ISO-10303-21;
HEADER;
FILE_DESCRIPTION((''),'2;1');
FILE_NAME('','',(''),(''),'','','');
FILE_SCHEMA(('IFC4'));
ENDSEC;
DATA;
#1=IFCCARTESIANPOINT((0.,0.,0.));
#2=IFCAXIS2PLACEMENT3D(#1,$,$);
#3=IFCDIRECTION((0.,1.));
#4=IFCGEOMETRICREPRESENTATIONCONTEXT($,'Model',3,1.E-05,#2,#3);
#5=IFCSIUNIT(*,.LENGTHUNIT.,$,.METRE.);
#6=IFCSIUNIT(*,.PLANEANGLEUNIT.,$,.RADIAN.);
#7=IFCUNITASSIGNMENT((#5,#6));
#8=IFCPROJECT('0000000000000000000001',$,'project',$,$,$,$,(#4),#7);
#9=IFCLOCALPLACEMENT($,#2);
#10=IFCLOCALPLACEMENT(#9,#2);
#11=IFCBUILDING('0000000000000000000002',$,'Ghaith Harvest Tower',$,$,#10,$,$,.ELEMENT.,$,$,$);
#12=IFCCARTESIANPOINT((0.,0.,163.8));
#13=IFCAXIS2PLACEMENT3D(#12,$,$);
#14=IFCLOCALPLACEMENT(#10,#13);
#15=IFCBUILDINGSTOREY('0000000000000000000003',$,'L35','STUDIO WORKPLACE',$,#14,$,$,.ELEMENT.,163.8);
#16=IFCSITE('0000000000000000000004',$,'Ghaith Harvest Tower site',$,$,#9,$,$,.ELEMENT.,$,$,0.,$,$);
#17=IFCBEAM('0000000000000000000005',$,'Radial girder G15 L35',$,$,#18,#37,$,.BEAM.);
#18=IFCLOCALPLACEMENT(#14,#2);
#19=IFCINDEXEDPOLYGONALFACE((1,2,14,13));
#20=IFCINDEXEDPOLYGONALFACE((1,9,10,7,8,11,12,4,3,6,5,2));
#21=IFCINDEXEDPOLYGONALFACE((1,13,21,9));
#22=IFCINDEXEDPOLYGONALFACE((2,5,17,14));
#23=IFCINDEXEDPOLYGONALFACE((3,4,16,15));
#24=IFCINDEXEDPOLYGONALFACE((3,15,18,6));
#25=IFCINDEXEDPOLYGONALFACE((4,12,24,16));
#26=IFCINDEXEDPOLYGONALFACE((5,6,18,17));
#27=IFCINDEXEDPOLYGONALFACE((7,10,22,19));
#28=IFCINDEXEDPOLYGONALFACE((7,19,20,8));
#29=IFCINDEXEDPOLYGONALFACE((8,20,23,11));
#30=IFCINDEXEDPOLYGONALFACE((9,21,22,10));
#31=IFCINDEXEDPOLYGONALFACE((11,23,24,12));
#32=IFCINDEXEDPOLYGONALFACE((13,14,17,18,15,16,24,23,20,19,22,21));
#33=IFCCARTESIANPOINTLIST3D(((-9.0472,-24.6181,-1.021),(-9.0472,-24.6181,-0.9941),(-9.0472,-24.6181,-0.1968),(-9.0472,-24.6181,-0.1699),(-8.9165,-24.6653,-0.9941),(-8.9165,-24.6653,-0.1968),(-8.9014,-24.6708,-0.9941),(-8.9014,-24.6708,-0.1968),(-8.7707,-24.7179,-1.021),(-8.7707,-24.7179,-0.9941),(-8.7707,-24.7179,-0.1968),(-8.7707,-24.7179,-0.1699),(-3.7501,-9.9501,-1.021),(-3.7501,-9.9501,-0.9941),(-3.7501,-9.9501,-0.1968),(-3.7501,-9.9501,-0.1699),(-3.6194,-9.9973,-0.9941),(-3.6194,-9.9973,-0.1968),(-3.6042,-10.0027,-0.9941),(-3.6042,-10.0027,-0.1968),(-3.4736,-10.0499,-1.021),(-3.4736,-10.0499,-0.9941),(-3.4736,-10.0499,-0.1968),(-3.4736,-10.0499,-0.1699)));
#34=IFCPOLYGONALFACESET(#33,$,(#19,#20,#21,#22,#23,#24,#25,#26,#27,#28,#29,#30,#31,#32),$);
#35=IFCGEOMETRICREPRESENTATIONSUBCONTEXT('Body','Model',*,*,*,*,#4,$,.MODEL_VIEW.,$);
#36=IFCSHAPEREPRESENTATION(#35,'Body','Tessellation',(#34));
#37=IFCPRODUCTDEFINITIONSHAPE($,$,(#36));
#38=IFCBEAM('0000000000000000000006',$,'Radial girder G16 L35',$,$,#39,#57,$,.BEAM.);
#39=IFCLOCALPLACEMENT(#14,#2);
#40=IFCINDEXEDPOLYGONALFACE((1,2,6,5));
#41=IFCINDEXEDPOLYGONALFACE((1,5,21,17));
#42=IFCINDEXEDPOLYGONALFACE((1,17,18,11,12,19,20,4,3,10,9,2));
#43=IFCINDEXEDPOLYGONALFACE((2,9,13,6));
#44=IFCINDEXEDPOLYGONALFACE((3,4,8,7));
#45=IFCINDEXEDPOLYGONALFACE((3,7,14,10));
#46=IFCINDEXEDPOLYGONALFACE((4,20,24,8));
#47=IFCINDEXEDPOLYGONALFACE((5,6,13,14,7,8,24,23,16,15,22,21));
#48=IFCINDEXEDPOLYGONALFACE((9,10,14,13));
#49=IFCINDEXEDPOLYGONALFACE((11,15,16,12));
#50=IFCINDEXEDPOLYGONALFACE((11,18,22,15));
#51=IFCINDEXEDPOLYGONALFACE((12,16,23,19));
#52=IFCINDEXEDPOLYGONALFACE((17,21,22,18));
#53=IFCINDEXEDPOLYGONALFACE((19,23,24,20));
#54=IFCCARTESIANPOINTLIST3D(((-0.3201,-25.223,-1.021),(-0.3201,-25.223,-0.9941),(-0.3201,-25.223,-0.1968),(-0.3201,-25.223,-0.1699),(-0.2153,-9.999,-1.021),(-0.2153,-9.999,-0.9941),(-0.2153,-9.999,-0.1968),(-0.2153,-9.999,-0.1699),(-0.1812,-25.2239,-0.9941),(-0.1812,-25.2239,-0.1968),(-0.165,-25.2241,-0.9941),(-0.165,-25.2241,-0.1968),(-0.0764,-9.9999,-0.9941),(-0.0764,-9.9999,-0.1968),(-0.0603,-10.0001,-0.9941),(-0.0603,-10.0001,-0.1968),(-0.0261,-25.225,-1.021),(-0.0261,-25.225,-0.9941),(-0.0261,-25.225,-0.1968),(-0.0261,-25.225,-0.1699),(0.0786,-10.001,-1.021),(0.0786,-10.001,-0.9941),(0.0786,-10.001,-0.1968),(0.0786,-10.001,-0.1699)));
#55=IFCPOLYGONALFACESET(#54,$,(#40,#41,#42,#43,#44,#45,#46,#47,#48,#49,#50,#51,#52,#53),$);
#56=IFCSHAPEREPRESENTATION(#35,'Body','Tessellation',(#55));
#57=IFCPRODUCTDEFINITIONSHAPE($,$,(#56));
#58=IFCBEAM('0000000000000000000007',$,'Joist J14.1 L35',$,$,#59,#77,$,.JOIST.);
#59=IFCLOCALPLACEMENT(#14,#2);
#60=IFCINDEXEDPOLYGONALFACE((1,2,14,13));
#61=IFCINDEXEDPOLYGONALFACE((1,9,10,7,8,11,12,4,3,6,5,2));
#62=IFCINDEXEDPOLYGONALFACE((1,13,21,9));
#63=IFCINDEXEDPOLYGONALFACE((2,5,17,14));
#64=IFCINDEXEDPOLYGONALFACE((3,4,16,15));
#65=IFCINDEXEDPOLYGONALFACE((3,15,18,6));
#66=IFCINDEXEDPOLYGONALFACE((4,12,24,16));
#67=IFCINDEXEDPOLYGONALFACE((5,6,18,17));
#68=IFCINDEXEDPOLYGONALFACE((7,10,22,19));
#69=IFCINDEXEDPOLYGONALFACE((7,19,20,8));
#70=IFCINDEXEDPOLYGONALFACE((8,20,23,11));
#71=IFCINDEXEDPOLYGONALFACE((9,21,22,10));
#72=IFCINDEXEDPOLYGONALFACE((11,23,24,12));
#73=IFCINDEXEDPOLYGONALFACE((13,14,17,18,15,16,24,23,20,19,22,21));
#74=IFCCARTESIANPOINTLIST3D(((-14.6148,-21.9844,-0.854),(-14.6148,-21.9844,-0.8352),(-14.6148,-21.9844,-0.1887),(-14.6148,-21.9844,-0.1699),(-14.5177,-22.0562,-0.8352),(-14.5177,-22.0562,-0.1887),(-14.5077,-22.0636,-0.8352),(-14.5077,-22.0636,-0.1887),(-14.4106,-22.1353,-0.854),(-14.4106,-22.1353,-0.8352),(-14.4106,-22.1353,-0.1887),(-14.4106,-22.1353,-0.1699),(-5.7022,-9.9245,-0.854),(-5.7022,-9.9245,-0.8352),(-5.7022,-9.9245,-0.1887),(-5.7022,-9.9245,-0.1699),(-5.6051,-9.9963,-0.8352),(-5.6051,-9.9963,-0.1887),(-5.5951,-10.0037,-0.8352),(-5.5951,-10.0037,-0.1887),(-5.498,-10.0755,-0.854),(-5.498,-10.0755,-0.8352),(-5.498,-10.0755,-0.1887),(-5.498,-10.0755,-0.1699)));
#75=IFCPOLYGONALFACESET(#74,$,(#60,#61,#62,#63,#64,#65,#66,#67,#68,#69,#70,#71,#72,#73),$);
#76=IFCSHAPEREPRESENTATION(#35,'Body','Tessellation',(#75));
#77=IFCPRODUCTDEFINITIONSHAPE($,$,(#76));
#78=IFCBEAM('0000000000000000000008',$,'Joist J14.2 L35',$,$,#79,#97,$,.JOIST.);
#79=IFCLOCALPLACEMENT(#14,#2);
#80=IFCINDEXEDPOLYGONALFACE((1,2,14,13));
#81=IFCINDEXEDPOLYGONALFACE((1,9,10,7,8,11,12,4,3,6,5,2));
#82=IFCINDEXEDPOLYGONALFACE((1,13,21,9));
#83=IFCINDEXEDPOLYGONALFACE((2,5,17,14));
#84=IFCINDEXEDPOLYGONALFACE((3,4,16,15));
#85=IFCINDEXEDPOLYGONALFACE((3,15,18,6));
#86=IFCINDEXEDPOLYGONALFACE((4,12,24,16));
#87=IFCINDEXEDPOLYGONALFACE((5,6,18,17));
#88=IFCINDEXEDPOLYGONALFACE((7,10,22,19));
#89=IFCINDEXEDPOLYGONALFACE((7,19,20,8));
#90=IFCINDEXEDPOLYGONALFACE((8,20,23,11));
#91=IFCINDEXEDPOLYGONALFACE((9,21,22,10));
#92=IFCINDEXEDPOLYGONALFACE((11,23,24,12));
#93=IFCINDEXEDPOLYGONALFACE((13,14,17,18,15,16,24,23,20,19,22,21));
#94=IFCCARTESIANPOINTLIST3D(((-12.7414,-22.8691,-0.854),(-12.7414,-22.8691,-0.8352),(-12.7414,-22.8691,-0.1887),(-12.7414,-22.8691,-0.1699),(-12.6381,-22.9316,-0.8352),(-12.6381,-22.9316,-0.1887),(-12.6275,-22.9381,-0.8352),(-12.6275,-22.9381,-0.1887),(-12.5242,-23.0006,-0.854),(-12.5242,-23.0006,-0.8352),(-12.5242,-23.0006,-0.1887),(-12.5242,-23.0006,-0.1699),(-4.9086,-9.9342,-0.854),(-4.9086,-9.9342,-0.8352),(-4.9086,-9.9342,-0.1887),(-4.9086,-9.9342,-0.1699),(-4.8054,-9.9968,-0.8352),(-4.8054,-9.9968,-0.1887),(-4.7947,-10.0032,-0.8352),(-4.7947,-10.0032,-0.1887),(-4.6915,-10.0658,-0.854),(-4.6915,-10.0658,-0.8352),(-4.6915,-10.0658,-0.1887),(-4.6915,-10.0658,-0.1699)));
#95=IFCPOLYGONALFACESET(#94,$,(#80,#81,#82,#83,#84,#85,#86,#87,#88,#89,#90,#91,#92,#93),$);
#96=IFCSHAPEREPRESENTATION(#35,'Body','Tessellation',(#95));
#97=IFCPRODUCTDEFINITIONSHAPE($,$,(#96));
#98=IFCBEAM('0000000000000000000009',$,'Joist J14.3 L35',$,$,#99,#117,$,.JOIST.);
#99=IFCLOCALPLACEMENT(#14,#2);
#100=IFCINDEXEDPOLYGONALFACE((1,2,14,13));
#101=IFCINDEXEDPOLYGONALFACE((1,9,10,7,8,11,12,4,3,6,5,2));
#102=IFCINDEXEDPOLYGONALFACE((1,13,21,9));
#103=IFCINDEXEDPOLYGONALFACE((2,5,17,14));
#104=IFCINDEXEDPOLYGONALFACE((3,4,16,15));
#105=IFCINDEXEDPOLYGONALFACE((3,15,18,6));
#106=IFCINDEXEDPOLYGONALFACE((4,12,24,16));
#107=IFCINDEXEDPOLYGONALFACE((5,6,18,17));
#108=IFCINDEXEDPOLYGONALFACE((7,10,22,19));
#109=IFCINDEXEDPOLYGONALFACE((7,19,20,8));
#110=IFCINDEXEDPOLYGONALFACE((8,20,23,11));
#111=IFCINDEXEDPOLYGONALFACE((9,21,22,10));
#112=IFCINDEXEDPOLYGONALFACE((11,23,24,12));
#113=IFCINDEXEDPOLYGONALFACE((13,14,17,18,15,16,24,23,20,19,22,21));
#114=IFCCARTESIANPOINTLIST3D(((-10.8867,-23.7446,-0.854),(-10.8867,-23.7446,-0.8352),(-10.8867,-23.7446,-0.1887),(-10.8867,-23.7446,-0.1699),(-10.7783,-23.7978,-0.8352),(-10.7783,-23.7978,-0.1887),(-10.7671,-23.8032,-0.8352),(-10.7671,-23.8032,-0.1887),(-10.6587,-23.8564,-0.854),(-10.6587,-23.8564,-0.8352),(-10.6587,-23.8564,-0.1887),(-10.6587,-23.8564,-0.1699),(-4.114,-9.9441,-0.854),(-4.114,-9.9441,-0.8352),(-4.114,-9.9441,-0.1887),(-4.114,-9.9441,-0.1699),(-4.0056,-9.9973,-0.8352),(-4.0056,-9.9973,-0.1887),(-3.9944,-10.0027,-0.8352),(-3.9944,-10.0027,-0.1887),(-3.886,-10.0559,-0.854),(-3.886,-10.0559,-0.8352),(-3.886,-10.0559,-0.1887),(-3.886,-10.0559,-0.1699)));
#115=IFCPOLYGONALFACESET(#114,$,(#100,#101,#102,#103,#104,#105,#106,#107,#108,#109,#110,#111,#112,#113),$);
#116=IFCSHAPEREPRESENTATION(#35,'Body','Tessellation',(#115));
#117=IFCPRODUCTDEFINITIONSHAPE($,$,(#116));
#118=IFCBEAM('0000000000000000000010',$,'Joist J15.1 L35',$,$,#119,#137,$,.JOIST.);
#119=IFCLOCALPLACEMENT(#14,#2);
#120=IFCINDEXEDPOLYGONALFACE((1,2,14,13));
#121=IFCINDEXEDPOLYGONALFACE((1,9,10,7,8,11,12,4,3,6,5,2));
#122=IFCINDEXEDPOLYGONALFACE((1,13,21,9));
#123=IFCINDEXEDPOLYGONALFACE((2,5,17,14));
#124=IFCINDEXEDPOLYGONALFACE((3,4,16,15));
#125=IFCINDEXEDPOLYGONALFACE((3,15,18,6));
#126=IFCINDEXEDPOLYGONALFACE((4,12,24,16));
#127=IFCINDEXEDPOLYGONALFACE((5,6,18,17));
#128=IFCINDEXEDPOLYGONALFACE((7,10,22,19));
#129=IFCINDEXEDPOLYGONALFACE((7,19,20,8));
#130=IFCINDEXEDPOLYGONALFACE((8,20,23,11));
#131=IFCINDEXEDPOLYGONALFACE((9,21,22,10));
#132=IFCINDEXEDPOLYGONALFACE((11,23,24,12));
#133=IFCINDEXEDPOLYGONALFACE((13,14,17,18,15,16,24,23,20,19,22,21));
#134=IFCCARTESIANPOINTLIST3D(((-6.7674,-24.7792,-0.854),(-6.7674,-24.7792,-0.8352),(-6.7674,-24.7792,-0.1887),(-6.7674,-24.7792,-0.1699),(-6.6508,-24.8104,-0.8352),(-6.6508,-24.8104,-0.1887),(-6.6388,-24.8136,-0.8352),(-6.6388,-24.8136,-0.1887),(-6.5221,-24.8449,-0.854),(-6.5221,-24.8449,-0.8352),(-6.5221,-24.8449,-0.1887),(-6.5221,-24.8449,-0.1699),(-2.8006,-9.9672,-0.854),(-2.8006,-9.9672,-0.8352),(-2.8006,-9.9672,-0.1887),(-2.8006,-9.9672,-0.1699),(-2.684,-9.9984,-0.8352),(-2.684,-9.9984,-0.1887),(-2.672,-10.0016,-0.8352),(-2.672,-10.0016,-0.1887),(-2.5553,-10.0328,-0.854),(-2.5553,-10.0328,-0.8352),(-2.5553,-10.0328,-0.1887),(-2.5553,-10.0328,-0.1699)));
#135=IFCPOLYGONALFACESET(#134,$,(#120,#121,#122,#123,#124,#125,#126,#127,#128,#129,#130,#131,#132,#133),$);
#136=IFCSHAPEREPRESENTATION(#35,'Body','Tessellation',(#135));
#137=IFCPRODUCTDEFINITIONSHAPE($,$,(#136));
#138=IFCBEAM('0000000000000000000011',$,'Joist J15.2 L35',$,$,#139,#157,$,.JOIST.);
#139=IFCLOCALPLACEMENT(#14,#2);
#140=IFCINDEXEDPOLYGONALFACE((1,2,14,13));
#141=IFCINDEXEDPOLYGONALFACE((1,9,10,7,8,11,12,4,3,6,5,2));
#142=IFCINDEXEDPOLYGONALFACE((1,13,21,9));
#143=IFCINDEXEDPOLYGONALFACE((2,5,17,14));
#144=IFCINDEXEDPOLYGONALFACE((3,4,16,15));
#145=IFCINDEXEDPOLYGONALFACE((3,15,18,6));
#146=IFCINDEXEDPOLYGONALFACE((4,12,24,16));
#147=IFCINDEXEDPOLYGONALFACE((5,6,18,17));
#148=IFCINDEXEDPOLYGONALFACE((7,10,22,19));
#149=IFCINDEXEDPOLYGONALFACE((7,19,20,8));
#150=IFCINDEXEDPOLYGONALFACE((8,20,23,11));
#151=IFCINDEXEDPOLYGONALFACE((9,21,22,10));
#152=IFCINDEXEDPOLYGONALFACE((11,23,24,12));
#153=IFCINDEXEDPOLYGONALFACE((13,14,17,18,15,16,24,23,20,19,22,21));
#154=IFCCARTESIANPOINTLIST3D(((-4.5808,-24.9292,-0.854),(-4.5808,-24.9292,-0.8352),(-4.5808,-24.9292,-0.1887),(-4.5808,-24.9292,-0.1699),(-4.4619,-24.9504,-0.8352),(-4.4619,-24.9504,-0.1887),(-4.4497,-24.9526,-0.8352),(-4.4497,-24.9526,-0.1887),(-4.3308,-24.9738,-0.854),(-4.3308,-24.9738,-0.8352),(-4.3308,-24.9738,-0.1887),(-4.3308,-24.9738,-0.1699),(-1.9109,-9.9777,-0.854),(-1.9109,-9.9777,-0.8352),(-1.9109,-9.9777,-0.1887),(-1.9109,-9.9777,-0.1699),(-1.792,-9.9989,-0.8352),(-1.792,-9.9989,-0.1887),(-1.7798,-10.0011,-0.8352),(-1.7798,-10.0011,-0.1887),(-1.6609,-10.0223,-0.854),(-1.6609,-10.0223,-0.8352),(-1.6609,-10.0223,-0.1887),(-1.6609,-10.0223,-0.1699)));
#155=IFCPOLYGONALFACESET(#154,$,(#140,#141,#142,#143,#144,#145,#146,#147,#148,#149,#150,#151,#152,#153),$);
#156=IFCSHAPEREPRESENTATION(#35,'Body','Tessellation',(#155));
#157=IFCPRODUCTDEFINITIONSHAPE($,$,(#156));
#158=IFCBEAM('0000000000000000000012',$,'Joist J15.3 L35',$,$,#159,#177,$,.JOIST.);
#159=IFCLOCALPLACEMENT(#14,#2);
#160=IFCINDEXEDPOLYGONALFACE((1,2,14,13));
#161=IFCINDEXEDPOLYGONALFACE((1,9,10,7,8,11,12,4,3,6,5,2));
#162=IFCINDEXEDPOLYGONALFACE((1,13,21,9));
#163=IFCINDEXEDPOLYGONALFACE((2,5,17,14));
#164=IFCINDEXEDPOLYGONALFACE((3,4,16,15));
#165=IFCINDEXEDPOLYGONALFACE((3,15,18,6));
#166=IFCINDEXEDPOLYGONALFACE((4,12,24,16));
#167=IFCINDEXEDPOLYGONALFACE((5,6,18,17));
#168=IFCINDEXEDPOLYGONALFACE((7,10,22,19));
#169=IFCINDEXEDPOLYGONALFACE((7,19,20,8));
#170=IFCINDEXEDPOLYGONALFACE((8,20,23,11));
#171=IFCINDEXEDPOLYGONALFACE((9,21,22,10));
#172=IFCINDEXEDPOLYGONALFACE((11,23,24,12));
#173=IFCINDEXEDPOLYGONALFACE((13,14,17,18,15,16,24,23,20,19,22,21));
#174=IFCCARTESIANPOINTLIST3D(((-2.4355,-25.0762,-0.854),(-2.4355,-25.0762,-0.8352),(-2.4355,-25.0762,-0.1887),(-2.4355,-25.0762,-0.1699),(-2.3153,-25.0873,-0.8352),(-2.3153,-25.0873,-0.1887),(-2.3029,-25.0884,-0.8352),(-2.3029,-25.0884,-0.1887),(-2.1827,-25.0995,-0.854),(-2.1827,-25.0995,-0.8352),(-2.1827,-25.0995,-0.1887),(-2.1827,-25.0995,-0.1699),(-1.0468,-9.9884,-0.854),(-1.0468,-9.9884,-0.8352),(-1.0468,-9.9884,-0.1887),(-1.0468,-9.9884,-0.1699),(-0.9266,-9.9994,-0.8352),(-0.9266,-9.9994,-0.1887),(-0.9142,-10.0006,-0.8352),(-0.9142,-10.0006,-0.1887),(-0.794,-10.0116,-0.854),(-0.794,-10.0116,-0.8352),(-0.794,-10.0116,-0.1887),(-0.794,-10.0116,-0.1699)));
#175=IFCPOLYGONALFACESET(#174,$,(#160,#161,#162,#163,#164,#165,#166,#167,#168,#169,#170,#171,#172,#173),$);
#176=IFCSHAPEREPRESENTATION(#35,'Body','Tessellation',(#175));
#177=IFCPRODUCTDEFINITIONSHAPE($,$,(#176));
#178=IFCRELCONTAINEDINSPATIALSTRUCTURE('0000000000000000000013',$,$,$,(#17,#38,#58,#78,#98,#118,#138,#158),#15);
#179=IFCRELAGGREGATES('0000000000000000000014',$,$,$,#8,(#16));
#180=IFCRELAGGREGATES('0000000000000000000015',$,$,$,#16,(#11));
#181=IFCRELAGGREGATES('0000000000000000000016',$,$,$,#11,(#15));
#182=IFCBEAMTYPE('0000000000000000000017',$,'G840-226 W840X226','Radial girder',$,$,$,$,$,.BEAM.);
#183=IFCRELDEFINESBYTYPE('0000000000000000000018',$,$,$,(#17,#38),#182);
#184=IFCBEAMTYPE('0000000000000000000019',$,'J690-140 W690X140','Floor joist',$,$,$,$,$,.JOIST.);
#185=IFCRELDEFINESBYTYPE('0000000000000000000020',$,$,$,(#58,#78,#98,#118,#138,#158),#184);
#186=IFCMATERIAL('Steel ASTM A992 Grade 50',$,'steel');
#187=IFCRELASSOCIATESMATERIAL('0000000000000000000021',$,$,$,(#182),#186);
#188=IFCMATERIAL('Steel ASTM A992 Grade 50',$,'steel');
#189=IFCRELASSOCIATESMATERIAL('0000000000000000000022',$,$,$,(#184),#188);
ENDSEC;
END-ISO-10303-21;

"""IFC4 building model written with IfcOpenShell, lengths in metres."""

from ifc_helpers import new_model, si_unit, direction, frame, origin, origin_2d, place, context, subcontext, project, spatial, i_section, extrude, material, material_profile, profile_set, type_object, element, save


model = new_model("IFC4")

# Units and contexts
model_context = context("Model", 3, precision=1e-05, world=origin(), true_north=direction((0.0, 1.0)))
body_context = subcontext(model_context, "Body", "Model", "MODEL_VIEW")
ifc_project = project(units=[si_unit("LENGTHUNIT", "METRE"), si_unit("PLANEANGLEUNIT", "RADIAN")], contexts=[model_context])

# Site, building, storey
site_placement = place(None, origin())
site = spatial("IfcSite", under=ifc_project, at=site_placement, Name="Ghaith Harvest Tower site", CompositionType="ELEMENT", RefElevation=0.0)
building_placement = place(site_placement, origin())
building = spatial("IfcBuilding", under=site, at=building_placement, Name="Ghaith Harvest Tower", CompositionType="ELEMENT")
storey_placement = place(building_placement, frame((0.0, 0.0, 163.8)))
storey = spatial("IfcBuildingStorey", under=building, at=storey_placement, Name="L35", Description="STUDIO WORKPLACE", CompositionType="ELEMENT", Elevation=163.8)

# Beams
ifc_material_1 = material(Name="Steel ASTM A992 Grade 50", Category="steel")
ifc_material_profile_1 = material_profile(ifc_material_1, i_section(OverallWidth=0.2939, OverallDepth=0.8511, WebThickness=0.0161, FlangeThickness=0.0269, at=origin_2d()), Name="W840X226")
ifc_profile_set_1 = profile_set([ifc_material_profile_1], Name="Steel ASTM A992 Grade 50")
beam_type_1 = type_object("IfcBeamType", Name="G840-226 W840X226", Description="Radial girder", PredefinedType="BEAM", material=ifc_profile_set_1)
beam_1_placement = place(storey_placement, frame((-3.6118, -10.0, -0.5955), z_axis=(-0.339664, -0.940547, 0.0), x_axis=(0.940547, -0.339664, 0.0)))
element("IfcBeam", 1, at=beam_1_placement, inside=storey, type_object=beam_type_1, Name="Radial girder G15 L35", PredefinedType="BEAM", context=body_context, shape_type="SweptSolid", body=[
    extrude(i_section(OverallWidth=0.2939, OverallDepth=0.8511, WebThickness=0.0161, FlangeThickness=0.0269, at=origin_2d()), origin(), (0.0, 0.0, 1.0), 15.5952),
])
beam_2_placement = place(storey_placement, frame((-0.0684, -10.0, -0.5955), z_axis=(-0.006879, -0.999976, 0.0), x_axis=(0.999976, -0.006879, 0.0)))
element("IfcBeam", 2, at=beam_2_placement, inside=storey, type_object=beam_type_1, Name="Radial girder G16 L35", PredefinedType="BEAM", context=body_context, shape_type="SweptSolid", body=[
    extrude(i_section(OverallWidth=0.2939, OverallDepth=0.8511, WebThickness=0.0161, FlangeThickness=0.0269, at=origin_2d()), origin(), (0.0, 0.0, 1.0), 15.2244),
])
ifc_material_2 = material(Name="Steel ASTM A992 Grade 50", Category="steel")
ifc_material_profile_2 = material_profile(ifc_material_2, i_section(OverallWidth=0.2539, OverallDepth=0.6841, WebThickness=0.0125, FlangeThickness=0.0188, at=origin_2d()), Name="W690X140")
ifc_profile_set_2 = profile_set([ifc_material_profile_2], Name="Steel ASTM A992 Grade 50")
beam_type_2 = type_object("IfcBeamType", Name="J690-140 W690X140", Description="Floor joist", PredefinedType="JOIST", material=ifc_profile_set_2)
beam_3_placement = place(storey_placement, frame((-5.6001, -10.0, -0.512), z_axis=(-0.59434, -0.804214, 0.0), x_axis=(0.804214, -0.59434, 0.0)))
element("IfcBeam", 3, at=beam_3_placement, inside=storey, type_object=beam_type_2, Name="Joist J14.1 L35", PredefinedType="JOIST", context=body_context, shape_type="SweptSolid", body=[
    extrude(i_section(OverallWidth=0.2539, OverallDepth=0.6841, WebThickness=0.0125, FlangeThickness=0.0188, at=origin_2d()), origin(), (0.0, 0.0, 1.0), 14.9958),
])
beam_4_placement = place(storey_placement, frame((-4.8, -10.0, -0.512), z_axis=(-0.517986, -0.855389, 0.0), x_axis=(0.855389, -0.517986, 0.0)))
element("IfcBeam", 4, at=beam_4_placement, inside=storey, type_object=beam_type_2, Name="Joist J14.2 L35", PredefinedType="JOIST", context=body_context, shape_type="SweptSolid", body=[
    extrude(i_section(OverallWidth=0.2539, OverallDepth=0.6841, WebThickness=0.0125, FlangeThickness=0.0188, at=origin_2d()), origin(), (0.0, 0.0, 1.0), 15.1216),
])
beam_5_placement = place(storey_placement, frame((-4.0, -10.0, -0.512), z_axis=(-0.440563, -0.897722, 0.0), x_axis=(0.897722, -0.440563, 0.0)))
element("IfcBeam", 5, at=beam_5_placement, inside=storey, type_object=beam_type_2, Name="Joist J14.3 L35", PredefinedType="JOIST", context=body_context, shape_type="SweptSolid", body=[
    extrude(i_section(OverallWidth=0.2539, OverallDepth=0.6841, WebThickness=0.0125, FlangeThickness=0.0188, at=origin_2d()), origin(), (0.0, 0.0, 1.0), 15.3728),
])
beam_6_placement = place(storey_placement, frame((-2.678, -10.0, -0.512), z_axis=(-0.258693, -0.96596, 0.0), x_axis=(0.96596, -0.258693, 0.0)))
element("IfcBeam", 6, at=beam_6_placement, inside=storey, type_object=beam_type_2, Name="Joist J15.1 L35", PredefinedType="JOIST", context=body_context, shape_type="SweptSolid", body=[
    extrude(i_section(OverallWidth=0.2539, OverallDepth=0.6841, WebThickness=0.0125, FlangeThickness=0.0188, at=origin_2d()), origin(), (0.0, 0.0, 1.0), 15.334),
])
beam_7_placement = place(storey_placement, frame((-1.7859, -10.0, -0.512), z_axis=(-0.175792, -0.984427, 0.0), x_axis=(0.984427, -0.175792, 0.0)))
element("IfcBeam", 7, at=beam_7_placement, inside=storey, type_object=beam_type_2, Name="Joist J15.2 L35", PredefinedType="JOIST", context=body_context, shape_type="SweptSolid", body=[
    extrude(i_section(OverallWidth=0.2539, OverallDepth=0.6841, WebThickness=0.0125, FlangeThickness=0.0188, at=origin_2d()), origin(), (0.0, 0.0, 1.0), 15.188),
])
beam_8_placement = place(storey_placement, frame((-0.9204, -10.0, -0.512), z_axis=(-0.091651, -0.995791, 0.0), x_axis=(0.995791, -0.091651, 0.0)))
element("IfcBeam", 8, at=beam_8_placement, inside=storey, type_object=beam_type_2, Name="Joist J15.3 L35", PredefinedType="JOIST", context=body_context, shape_type="SweptSolid", body=[
    extrude(i_section(OverallWidth=0.2539, OverallDepth=0.6841, WebThickness=0.0125, FlangeThickness=0.0188, at=origin_2d()), origin(), (0.0, 0.0, 1.0), 15.1516),
])

save(model, "model.ifc")
